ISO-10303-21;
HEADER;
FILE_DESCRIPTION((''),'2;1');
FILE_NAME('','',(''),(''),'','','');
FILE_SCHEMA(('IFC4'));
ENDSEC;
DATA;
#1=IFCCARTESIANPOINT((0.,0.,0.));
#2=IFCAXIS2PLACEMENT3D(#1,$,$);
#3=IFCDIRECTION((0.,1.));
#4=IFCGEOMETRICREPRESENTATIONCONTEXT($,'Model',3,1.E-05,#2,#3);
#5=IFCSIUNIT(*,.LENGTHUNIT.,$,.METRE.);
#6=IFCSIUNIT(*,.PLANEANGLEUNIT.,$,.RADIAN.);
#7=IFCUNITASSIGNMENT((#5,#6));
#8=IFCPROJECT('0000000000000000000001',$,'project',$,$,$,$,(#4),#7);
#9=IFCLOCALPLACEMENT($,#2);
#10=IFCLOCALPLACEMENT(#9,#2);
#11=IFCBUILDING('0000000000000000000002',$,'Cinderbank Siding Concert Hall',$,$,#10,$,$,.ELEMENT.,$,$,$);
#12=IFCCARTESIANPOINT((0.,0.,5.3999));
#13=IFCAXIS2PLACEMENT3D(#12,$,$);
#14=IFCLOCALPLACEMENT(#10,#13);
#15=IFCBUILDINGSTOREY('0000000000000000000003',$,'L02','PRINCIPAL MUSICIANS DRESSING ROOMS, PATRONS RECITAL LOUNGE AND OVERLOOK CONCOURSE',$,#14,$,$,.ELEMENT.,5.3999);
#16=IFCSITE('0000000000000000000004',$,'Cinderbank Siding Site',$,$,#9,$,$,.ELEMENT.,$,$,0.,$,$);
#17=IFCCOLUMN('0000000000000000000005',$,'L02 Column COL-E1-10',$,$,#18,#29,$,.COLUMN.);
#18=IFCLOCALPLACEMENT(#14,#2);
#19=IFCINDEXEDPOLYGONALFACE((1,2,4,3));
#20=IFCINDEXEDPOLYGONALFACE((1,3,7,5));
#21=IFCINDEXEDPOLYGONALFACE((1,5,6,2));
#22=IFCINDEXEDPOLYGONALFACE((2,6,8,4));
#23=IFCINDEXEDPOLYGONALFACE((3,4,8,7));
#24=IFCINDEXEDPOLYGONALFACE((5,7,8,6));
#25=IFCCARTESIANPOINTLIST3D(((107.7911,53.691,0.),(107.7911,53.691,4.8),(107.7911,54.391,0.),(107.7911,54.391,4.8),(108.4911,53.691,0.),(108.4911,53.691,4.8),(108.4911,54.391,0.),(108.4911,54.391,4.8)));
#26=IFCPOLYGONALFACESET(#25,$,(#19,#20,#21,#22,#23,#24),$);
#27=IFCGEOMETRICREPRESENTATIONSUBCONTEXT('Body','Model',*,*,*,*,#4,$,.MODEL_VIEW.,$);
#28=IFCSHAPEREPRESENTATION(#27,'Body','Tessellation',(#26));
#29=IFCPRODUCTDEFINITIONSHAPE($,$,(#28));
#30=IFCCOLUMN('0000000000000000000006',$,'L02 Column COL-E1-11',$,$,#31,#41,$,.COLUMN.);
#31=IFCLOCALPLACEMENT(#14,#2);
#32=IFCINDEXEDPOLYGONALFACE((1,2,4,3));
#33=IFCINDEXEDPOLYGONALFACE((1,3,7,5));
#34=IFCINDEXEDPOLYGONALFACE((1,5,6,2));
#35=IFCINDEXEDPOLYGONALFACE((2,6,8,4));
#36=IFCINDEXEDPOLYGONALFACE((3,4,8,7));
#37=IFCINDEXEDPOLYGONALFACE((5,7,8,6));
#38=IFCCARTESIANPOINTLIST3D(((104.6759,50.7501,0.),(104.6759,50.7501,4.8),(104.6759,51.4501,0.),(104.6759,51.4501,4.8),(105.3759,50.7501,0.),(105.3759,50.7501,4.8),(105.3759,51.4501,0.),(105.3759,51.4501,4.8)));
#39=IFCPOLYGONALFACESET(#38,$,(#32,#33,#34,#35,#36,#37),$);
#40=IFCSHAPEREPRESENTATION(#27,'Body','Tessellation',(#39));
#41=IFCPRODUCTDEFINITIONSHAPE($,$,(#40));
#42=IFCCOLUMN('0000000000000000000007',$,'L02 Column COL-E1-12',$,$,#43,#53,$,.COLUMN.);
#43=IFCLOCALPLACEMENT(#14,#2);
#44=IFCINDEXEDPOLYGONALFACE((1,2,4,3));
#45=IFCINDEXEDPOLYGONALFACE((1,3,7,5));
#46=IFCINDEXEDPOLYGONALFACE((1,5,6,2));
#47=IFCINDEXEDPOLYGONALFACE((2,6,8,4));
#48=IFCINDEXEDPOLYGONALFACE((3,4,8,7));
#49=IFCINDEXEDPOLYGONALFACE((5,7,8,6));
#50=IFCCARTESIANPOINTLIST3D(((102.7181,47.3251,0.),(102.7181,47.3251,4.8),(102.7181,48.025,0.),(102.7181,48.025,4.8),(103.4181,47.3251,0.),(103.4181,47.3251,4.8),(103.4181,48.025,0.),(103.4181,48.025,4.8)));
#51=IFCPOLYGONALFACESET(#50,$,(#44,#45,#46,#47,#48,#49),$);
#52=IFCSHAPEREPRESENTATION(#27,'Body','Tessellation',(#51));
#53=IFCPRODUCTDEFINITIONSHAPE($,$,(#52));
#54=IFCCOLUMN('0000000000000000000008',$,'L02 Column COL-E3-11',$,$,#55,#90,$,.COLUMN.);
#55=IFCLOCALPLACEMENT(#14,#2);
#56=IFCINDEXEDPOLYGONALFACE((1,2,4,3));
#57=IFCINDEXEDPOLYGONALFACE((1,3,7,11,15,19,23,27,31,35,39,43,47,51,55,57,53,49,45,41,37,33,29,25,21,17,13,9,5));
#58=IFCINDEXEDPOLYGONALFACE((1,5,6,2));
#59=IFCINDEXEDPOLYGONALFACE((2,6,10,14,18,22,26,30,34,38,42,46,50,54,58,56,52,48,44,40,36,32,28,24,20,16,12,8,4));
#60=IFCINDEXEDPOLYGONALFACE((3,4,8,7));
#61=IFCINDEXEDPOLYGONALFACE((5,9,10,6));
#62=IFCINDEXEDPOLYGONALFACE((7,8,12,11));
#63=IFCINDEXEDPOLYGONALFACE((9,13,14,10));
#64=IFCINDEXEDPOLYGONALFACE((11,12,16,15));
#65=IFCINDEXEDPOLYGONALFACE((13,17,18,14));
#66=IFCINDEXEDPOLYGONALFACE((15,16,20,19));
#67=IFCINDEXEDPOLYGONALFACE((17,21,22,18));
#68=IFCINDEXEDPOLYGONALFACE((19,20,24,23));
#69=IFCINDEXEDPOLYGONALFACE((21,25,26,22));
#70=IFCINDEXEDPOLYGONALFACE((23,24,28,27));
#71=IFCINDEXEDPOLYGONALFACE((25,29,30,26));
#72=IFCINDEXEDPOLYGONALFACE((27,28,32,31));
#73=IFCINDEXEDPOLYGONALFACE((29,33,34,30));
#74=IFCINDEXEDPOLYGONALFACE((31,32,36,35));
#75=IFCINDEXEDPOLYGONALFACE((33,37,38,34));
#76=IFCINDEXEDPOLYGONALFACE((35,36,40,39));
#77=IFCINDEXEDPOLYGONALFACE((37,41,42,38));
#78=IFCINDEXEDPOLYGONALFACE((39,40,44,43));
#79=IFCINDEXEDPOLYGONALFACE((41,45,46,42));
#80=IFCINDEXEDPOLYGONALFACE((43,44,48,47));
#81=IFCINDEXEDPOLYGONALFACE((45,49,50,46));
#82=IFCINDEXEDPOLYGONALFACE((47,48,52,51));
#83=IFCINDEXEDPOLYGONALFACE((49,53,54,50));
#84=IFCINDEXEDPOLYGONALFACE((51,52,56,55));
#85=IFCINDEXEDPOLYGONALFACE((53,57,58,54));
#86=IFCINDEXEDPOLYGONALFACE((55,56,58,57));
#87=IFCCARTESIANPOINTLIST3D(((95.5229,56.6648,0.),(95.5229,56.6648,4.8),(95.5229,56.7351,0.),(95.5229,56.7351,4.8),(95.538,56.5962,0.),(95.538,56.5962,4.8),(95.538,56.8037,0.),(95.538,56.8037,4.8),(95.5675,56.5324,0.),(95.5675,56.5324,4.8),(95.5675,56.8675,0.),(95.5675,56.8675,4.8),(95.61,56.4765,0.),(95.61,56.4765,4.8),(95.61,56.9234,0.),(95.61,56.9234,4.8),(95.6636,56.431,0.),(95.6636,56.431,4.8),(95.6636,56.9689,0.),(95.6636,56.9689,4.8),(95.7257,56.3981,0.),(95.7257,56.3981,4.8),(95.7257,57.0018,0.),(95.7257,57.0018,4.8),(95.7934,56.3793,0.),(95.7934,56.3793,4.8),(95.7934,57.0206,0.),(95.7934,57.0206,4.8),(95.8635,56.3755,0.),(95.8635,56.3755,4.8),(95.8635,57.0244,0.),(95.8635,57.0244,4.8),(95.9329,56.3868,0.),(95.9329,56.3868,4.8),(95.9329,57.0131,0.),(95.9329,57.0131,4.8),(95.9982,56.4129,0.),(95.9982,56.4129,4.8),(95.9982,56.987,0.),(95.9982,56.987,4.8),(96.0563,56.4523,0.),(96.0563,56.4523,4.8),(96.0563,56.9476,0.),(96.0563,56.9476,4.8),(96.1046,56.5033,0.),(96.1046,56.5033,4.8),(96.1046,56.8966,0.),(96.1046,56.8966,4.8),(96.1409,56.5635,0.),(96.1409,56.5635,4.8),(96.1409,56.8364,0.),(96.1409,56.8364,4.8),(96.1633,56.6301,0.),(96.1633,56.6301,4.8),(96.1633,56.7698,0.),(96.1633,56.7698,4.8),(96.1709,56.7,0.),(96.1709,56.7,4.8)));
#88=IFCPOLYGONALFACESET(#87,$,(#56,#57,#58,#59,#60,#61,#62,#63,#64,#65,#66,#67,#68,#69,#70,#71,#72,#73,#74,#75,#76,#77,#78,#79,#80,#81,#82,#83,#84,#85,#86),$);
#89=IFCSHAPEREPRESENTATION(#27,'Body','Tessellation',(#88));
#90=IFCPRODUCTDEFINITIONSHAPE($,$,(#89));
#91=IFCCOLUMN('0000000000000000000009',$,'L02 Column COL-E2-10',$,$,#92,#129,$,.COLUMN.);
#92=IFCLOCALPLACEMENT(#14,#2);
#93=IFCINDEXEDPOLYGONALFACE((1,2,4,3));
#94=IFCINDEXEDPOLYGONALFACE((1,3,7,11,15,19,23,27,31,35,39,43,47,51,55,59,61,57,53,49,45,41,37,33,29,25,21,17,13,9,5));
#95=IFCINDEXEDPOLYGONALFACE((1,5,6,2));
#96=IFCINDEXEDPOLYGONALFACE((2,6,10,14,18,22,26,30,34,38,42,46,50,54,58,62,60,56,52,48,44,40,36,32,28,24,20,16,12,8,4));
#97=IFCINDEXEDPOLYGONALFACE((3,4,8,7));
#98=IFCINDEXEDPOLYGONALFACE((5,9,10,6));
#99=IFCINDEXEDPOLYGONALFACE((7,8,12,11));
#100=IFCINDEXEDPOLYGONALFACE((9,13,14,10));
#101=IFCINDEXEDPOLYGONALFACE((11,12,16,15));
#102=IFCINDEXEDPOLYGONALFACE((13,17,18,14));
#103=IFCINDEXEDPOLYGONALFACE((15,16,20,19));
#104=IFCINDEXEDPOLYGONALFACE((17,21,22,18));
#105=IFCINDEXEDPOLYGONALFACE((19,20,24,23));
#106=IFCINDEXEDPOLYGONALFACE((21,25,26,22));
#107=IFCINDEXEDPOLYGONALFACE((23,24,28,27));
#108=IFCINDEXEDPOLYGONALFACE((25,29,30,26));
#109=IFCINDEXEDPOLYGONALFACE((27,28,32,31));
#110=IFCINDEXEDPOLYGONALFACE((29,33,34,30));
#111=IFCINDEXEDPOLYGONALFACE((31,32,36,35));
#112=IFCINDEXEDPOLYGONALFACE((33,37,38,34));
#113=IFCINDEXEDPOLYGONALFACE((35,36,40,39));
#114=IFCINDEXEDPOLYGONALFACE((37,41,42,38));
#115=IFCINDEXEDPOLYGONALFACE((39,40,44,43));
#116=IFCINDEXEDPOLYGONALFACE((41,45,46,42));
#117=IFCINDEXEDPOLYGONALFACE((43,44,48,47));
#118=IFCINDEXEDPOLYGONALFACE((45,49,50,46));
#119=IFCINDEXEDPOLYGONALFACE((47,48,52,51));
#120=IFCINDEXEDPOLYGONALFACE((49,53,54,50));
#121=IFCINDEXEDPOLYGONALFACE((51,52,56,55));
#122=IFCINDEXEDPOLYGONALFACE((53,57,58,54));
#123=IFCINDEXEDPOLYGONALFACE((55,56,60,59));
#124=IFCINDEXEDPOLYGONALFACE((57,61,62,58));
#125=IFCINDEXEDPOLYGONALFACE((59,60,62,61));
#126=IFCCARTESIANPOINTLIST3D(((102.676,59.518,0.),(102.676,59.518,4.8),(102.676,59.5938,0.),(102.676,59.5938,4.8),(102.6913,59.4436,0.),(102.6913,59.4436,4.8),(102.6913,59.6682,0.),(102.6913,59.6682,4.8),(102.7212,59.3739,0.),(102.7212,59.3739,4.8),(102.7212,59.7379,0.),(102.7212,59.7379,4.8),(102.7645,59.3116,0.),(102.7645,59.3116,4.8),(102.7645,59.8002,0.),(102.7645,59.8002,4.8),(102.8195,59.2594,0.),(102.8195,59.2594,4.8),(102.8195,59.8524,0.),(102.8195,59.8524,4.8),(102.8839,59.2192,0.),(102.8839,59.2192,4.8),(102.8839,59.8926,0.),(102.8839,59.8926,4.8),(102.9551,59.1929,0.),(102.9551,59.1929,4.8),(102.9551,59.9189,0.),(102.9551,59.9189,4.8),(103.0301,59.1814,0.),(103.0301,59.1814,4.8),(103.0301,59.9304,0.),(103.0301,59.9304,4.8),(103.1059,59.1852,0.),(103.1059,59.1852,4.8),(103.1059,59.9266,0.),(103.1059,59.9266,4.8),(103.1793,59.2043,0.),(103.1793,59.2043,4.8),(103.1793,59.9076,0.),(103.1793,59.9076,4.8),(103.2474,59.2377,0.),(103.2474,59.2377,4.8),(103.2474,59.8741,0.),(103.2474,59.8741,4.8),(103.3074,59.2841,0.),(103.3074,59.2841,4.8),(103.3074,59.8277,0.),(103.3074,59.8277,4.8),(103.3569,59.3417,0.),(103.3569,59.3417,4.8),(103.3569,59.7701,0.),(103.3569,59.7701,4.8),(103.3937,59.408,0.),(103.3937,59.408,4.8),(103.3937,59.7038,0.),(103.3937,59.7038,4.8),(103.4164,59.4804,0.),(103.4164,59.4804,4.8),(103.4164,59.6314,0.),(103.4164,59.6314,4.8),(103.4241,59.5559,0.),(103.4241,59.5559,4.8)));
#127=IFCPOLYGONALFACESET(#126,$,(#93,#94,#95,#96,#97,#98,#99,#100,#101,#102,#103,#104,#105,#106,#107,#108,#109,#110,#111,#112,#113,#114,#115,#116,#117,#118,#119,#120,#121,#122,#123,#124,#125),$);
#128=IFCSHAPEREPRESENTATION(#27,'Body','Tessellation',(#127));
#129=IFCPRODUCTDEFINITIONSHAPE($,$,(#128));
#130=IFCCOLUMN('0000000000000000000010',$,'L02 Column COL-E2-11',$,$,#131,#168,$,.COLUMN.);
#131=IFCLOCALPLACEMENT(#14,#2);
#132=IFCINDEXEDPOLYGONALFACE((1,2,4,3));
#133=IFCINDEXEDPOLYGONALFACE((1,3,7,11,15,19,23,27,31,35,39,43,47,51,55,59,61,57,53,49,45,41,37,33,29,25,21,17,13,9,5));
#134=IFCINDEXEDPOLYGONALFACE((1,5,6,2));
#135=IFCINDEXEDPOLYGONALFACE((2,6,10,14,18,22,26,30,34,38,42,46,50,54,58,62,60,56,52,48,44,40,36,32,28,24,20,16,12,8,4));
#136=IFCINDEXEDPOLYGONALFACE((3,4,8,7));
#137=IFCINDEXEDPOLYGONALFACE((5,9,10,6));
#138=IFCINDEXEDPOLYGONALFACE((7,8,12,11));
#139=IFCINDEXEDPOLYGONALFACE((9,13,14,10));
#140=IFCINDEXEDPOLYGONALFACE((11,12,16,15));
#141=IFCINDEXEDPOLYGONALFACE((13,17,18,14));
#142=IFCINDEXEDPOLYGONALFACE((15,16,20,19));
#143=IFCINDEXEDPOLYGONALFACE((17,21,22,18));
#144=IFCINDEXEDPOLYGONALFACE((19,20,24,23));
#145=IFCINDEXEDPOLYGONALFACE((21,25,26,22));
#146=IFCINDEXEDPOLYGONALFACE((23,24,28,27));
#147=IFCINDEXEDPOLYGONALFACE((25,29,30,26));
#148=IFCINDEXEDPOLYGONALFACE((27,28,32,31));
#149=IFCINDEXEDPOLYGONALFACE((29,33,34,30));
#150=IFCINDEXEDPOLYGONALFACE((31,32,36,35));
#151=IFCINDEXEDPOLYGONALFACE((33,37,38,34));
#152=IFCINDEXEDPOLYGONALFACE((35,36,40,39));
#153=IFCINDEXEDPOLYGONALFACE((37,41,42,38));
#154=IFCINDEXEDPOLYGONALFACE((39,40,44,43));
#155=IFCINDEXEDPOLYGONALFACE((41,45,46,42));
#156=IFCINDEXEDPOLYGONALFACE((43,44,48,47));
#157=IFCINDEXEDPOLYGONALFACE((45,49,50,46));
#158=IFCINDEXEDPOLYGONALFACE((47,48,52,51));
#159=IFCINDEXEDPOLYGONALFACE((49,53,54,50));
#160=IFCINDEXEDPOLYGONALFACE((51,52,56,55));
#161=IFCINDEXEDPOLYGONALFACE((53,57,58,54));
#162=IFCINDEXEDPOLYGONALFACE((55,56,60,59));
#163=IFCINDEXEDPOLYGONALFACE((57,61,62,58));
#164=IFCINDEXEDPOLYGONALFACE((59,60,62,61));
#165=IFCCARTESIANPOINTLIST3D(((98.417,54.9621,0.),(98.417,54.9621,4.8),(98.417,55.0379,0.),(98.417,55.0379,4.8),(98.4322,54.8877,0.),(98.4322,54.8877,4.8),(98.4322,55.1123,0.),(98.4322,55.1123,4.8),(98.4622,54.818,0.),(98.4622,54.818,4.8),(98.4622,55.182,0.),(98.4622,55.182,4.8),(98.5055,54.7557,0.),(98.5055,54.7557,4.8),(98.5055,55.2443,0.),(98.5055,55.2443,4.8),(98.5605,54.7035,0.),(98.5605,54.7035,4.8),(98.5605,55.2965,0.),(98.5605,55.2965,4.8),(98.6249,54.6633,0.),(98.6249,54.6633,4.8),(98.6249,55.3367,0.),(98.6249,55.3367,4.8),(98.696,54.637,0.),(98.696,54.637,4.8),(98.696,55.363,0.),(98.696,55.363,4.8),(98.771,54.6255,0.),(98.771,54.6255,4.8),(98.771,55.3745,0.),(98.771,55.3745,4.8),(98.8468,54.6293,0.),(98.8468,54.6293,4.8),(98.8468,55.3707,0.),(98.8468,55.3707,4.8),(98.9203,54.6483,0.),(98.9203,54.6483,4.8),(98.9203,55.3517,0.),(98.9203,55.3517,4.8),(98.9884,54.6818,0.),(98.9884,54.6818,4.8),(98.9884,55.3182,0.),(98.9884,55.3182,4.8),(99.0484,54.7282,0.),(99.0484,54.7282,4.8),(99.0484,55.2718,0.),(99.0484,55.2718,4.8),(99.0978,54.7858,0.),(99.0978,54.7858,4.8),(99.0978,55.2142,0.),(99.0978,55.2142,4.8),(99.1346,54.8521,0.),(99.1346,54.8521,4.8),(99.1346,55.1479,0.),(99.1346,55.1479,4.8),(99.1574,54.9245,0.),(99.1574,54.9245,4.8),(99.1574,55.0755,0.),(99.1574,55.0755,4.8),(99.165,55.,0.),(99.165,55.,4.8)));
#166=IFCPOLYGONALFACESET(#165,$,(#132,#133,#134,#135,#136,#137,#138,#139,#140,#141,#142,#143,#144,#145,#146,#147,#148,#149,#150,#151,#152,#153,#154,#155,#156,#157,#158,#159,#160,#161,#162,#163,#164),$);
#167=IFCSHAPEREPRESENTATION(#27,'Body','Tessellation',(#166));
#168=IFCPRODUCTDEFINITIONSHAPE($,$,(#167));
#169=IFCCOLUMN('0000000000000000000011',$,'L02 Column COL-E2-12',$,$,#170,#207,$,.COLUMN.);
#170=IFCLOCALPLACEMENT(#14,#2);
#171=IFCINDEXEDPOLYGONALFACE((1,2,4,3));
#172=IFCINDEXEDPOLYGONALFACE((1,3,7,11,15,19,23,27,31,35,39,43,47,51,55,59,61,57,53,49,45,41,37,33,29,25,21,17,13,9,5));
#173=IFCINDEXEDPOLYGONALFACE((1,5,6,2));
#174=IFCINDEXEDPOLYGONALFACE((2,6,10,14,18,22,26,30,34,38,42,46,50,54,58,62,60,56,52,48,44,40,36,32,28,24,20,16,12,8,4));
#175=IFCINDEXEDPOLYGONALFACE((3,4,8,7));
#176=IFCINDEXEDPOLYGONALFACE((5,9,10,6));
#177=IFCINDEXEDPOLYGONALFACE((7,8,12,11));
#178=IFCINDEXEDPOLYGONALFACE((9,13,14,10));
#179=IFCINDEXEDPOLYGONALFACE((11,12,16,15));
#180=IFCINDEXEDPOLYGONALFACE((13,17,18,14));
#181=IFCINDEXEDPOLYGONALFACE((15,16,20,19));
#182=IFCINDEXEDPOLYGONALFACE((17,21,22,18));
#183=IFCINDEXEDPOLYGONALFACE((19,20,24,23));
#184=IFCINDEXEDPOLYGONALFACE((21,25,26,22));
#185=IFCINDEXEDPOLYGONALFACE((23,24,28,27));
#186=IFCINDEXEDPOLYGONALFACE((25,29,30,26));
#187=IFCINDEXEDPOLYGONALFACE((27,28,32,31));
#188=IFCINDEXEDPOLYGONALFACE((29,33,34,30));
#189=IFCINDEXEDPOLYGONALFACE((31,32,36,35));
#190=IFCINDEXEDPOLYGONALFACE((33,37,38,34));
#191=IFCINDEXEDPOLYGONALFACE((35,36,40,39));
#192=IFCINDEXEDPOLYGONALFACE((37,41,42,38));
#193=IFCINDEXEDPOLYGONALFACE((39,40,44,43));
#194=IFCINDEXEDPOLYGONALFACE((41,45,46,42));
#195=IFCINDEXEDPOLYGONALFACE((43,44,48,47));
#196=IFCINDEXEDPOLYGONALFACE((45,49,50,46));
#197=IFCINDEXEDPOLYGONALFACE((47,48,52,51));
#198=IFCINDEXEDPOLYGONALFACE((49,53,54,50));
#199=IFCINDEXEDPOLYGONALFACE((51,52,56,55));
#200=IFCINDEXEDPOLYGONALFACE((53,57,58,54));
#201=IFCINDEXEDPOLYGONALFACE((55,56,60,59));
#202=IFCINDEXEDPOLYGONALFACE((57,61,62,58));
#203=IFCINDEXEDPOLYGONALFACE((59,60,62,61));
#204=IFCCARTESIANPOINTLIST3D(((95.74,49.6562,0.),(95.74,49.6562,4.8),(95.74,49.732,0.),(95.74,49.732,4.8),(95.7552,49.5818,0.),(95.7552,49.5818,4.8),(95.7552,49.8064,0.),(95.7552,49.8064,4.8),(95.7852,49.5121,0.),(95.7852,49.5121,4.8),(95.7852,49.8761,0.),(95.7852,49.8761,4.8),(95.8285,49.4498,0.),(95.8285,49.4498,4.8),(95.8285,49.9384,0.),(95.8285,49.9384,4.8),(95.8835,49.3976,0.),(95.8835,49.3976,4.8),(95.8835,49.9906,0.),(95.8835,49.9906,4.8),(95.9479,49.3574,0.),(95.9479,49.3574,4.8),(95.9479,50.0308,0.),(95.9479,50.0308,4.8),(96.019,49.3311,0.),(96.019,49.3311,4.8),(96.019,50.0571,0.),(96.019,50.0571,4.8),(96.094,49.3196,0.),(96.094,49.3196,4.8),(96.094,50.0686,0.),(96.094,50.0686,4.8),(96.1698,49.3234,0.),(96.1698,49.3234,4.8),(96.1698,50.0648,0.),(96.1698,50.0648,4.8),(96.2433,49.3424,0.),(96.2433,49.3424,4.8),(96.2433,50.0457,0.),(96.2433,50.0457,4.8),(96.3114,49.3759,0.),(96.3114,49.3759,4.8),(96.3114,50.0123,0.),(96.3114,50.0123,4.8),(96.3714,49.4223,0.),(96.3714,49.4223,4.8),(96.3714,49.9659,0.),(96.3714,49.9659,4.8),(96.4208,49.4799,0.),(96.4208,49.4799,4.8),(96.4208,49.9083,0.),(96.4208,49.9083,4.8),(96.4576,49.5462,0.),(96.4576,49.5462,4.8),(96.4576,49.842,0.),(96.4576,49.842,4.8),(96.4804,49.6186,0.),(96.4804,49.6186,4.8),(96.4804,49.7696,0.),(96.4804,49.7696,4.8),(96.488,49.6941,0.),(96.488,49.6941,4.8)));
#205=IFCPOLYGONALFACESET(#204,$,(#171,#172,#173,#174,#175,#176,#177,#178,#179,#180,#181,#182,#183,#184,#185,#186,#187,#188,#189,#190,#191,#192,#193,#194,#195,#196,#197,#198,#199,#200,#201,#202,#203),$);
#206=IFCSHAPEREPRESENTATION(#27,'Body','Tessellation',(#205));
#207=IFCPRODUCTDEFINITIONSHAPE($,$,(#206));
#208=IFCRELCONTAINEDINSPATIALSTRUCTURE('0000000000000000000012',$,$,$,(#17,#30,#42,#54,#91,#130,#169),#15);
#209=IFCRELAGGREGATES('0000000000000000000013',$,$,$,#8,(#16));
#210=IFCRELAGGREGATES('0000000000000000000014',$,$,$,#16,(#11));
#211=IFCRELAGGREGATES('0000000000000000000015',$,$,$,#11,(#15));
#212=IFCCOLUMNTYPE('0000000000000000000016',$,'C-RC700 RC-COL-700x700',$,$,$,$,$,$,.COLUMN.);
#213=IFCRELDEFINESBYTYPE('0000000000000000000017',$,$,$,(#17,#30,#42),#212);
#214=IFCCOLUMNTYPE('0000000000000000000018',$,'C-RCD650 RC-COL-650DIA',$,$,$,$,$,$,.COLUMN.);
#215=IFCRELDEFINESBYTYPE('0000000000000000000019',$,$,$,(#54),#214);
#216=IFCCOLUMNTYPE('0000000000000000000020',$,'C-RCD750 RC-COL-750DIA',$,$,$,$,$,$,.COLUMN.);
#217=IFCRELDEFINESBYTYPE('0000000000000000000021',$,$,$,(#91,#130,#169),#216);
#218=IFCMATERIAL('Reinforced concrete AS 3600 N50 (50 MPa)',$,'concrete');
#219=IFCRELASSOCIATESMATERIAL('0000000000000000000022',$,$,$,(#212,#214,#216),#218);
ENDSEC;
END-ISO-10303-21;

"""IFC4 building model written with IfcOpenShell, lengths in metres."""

from ifc_helpers import new_model, si_unit, direction, frame, origin, origin_2d, place, context, subcontext, project, spatial, rectangle, circle, extrude, material, material_profile, profile_set, type_object, element, save


model = new_model("IFC4")

# Units and contexts
model_context = context("Model", 3, precision=1e-05, world=origin(), true_north=direction((0.0, 1.0)))
body_context = subcontext(model_context, "Body", "Model", "MODEL_VIEW")
ifc_project = project(units=[si_unit("LENGTHUNIT", "METRE"), si_unit("PLANEANGLEUNIT", "RADIAN")], contexts=[model_context])

# Site, building, storey
site_placement = place(None, origin())
site = spatial("IfcSite", under=ifc_project, at=site_placement, Name="Cinderbank Siding Site", CompositionType="ELEMENT", RefElevation=0.0)
building_placement = place(site_placement, origin())
building = spatial("IfcBuilding", under=site, at=building_placement, Name="Cinderbank Siding Concert Hall", CompositionType="ELEMENT")
storey_placement = place(building_placement, frame((0.0, 0.0, 5.3999)))
storey = spatial("IfcBuildingStorey", under=building, at=storey_placement, Name="L02", Description="PRINCIPAL MUSICIANS DRESSING ROOMS, PATRONS RECITAL LOUNGE AND OVERLOOK CONCOURSE", CompositionType="ELEMENT", Elevation=5.3999)

# Columns
ifc_material_1 = material(Name="Reinforced concrete AS 3600 N50 (50 MPa)", Category="concrete")
ifc_material_profile_1 = material_profile(ifc_material_1, rectangle(XDim=0.7, YDim=0.7, at=origin_2d()), Name="RC-COL-700x700", Category="LoadBearing")
ifc_profile_set_1 = profile_set([ifc_material_profile_1], Name="Reinforced concrete AS 3600 N50 (50 MPa)")
column_type_1 = type_object("IfcColumnType", Name="C-RC700 RC-COL-700x700", PredefinedType="COLUMN", material=ifc_profile_set_1)
for number, where, z_axis, x_axis, name in (
    (1, (108.1411, 54.041, 0.0), (0.0, 0.0, 1.0), (1.0, 0.0, 0.0), "L02 Column COL-E1-10"),
    (2, (105.0259, 51.1001, 0.0), (0.0, 0.0, 1.0), (1.0, 0.0, 0.0), "L02 Column COL-E1-11"),
    (3, (103.0681, 47.675, 0.0), (0.0, 0.0, 1.0), (1.0, 0.0, 0.0), "L02 Column COL-E1-12"),
):
    element("IfcColumn", number, at=place(storey_placement, frame(where, z_axis=z_axis, x_axis=x_axis)), inside=storey, type_object=column_type_1, Name=name, PredefinedType="COLUMN", context=body_context, shape_type="SweptSolid", body=[
        extrude(rectangle(XDim=0.7, YDim=0.7, at=origin_2d()), origin(), (0.0, 0.0, 1.0), 4.8),
    ])
ifc_material_profile_2 = material_profile(ifc_material_1, circle(Radius=0.325, at=origin_2d()), Name="RC-COL-650DIA", Category="LoadBearing")
ifc_profile_set_2 = profile_set([ifc_material_profile_2], Name="Reinforced concrete AS 3600 N50 (50 MPa)")
column_type_2 = type_object("IfcColumnType", Name="C-RCD650 RC-COL-650DIA", PredefinedType="COLUMN", material=ifc_profile_set_2)
column_placement = place(storey_placement, frame((95.8459, 56.7, 0.0), z_axis=(0.0, 0.0, 1.0), x_axis=(1.0, 0.0, 0.0)))
element("IfcColumn", 4, at=column_placement, inside=storey, type_object=column_type_2, Name="L02 Column COL-E3-11", PredefinedType="COLUMN", context=body_context, shape_type="SweptSolid", body=[
    extrude(circle(Radius=0.325, at=origin_2d()), origin(), (0.0, 0.0, 1.0), 4.8),
])
ifc_material_profile_3 = material_profile(ifc_material_1, circle(Radius=0.375, at=origin_2d()), Name="RC-COL-750DIA", Category="LoadBearing")
ifc_profile_set_3 = profile_set([ifc_material_profile_3], Name="Reinforced concrete AS 3600 N50 (50 MPa)")
column_type_3 = type_object("IfcColumnType", Name="C-RCD750 RC-COL-750DIA", PredefinedType="COLUMN", material=ifc_profile_set_3)
for number, where, z_axis, x_axis, name in (
    (5, (103.0491, 59.5559, 0.0), (0.0, 0.0, 1.0), (1.0, 0.0, 0.0), "L02 Column COL-E2-10"),
    (6, (98.79, 55.0, 0.0), (0.0, 0.0, 1.0), (1.0, 0.0, 0.0), "L02 Column COL-E2-11"),
    (7, (96.113, 49.6941, 0.0), (0.0, 0.0, 1.0), (1.0, 0.0, 0.0), "L02 Column COL-E2-12"),
):
    element("IfcColumn", number, at=place(storey_placement, frame(where, z_axis=z_axis, x_axis=x_axis)), inside=storey, type_object=column_type_3, Name=name, PredefinedType="COLUMN", context=body_context, shape_type="SweptSolid", body=[
        extrude(circle(Radius=0.375, at=origin_2d()), origin(), (0.0, 0.0, 1.0), 4.8),
    ])

save(model, "model.ifc")
